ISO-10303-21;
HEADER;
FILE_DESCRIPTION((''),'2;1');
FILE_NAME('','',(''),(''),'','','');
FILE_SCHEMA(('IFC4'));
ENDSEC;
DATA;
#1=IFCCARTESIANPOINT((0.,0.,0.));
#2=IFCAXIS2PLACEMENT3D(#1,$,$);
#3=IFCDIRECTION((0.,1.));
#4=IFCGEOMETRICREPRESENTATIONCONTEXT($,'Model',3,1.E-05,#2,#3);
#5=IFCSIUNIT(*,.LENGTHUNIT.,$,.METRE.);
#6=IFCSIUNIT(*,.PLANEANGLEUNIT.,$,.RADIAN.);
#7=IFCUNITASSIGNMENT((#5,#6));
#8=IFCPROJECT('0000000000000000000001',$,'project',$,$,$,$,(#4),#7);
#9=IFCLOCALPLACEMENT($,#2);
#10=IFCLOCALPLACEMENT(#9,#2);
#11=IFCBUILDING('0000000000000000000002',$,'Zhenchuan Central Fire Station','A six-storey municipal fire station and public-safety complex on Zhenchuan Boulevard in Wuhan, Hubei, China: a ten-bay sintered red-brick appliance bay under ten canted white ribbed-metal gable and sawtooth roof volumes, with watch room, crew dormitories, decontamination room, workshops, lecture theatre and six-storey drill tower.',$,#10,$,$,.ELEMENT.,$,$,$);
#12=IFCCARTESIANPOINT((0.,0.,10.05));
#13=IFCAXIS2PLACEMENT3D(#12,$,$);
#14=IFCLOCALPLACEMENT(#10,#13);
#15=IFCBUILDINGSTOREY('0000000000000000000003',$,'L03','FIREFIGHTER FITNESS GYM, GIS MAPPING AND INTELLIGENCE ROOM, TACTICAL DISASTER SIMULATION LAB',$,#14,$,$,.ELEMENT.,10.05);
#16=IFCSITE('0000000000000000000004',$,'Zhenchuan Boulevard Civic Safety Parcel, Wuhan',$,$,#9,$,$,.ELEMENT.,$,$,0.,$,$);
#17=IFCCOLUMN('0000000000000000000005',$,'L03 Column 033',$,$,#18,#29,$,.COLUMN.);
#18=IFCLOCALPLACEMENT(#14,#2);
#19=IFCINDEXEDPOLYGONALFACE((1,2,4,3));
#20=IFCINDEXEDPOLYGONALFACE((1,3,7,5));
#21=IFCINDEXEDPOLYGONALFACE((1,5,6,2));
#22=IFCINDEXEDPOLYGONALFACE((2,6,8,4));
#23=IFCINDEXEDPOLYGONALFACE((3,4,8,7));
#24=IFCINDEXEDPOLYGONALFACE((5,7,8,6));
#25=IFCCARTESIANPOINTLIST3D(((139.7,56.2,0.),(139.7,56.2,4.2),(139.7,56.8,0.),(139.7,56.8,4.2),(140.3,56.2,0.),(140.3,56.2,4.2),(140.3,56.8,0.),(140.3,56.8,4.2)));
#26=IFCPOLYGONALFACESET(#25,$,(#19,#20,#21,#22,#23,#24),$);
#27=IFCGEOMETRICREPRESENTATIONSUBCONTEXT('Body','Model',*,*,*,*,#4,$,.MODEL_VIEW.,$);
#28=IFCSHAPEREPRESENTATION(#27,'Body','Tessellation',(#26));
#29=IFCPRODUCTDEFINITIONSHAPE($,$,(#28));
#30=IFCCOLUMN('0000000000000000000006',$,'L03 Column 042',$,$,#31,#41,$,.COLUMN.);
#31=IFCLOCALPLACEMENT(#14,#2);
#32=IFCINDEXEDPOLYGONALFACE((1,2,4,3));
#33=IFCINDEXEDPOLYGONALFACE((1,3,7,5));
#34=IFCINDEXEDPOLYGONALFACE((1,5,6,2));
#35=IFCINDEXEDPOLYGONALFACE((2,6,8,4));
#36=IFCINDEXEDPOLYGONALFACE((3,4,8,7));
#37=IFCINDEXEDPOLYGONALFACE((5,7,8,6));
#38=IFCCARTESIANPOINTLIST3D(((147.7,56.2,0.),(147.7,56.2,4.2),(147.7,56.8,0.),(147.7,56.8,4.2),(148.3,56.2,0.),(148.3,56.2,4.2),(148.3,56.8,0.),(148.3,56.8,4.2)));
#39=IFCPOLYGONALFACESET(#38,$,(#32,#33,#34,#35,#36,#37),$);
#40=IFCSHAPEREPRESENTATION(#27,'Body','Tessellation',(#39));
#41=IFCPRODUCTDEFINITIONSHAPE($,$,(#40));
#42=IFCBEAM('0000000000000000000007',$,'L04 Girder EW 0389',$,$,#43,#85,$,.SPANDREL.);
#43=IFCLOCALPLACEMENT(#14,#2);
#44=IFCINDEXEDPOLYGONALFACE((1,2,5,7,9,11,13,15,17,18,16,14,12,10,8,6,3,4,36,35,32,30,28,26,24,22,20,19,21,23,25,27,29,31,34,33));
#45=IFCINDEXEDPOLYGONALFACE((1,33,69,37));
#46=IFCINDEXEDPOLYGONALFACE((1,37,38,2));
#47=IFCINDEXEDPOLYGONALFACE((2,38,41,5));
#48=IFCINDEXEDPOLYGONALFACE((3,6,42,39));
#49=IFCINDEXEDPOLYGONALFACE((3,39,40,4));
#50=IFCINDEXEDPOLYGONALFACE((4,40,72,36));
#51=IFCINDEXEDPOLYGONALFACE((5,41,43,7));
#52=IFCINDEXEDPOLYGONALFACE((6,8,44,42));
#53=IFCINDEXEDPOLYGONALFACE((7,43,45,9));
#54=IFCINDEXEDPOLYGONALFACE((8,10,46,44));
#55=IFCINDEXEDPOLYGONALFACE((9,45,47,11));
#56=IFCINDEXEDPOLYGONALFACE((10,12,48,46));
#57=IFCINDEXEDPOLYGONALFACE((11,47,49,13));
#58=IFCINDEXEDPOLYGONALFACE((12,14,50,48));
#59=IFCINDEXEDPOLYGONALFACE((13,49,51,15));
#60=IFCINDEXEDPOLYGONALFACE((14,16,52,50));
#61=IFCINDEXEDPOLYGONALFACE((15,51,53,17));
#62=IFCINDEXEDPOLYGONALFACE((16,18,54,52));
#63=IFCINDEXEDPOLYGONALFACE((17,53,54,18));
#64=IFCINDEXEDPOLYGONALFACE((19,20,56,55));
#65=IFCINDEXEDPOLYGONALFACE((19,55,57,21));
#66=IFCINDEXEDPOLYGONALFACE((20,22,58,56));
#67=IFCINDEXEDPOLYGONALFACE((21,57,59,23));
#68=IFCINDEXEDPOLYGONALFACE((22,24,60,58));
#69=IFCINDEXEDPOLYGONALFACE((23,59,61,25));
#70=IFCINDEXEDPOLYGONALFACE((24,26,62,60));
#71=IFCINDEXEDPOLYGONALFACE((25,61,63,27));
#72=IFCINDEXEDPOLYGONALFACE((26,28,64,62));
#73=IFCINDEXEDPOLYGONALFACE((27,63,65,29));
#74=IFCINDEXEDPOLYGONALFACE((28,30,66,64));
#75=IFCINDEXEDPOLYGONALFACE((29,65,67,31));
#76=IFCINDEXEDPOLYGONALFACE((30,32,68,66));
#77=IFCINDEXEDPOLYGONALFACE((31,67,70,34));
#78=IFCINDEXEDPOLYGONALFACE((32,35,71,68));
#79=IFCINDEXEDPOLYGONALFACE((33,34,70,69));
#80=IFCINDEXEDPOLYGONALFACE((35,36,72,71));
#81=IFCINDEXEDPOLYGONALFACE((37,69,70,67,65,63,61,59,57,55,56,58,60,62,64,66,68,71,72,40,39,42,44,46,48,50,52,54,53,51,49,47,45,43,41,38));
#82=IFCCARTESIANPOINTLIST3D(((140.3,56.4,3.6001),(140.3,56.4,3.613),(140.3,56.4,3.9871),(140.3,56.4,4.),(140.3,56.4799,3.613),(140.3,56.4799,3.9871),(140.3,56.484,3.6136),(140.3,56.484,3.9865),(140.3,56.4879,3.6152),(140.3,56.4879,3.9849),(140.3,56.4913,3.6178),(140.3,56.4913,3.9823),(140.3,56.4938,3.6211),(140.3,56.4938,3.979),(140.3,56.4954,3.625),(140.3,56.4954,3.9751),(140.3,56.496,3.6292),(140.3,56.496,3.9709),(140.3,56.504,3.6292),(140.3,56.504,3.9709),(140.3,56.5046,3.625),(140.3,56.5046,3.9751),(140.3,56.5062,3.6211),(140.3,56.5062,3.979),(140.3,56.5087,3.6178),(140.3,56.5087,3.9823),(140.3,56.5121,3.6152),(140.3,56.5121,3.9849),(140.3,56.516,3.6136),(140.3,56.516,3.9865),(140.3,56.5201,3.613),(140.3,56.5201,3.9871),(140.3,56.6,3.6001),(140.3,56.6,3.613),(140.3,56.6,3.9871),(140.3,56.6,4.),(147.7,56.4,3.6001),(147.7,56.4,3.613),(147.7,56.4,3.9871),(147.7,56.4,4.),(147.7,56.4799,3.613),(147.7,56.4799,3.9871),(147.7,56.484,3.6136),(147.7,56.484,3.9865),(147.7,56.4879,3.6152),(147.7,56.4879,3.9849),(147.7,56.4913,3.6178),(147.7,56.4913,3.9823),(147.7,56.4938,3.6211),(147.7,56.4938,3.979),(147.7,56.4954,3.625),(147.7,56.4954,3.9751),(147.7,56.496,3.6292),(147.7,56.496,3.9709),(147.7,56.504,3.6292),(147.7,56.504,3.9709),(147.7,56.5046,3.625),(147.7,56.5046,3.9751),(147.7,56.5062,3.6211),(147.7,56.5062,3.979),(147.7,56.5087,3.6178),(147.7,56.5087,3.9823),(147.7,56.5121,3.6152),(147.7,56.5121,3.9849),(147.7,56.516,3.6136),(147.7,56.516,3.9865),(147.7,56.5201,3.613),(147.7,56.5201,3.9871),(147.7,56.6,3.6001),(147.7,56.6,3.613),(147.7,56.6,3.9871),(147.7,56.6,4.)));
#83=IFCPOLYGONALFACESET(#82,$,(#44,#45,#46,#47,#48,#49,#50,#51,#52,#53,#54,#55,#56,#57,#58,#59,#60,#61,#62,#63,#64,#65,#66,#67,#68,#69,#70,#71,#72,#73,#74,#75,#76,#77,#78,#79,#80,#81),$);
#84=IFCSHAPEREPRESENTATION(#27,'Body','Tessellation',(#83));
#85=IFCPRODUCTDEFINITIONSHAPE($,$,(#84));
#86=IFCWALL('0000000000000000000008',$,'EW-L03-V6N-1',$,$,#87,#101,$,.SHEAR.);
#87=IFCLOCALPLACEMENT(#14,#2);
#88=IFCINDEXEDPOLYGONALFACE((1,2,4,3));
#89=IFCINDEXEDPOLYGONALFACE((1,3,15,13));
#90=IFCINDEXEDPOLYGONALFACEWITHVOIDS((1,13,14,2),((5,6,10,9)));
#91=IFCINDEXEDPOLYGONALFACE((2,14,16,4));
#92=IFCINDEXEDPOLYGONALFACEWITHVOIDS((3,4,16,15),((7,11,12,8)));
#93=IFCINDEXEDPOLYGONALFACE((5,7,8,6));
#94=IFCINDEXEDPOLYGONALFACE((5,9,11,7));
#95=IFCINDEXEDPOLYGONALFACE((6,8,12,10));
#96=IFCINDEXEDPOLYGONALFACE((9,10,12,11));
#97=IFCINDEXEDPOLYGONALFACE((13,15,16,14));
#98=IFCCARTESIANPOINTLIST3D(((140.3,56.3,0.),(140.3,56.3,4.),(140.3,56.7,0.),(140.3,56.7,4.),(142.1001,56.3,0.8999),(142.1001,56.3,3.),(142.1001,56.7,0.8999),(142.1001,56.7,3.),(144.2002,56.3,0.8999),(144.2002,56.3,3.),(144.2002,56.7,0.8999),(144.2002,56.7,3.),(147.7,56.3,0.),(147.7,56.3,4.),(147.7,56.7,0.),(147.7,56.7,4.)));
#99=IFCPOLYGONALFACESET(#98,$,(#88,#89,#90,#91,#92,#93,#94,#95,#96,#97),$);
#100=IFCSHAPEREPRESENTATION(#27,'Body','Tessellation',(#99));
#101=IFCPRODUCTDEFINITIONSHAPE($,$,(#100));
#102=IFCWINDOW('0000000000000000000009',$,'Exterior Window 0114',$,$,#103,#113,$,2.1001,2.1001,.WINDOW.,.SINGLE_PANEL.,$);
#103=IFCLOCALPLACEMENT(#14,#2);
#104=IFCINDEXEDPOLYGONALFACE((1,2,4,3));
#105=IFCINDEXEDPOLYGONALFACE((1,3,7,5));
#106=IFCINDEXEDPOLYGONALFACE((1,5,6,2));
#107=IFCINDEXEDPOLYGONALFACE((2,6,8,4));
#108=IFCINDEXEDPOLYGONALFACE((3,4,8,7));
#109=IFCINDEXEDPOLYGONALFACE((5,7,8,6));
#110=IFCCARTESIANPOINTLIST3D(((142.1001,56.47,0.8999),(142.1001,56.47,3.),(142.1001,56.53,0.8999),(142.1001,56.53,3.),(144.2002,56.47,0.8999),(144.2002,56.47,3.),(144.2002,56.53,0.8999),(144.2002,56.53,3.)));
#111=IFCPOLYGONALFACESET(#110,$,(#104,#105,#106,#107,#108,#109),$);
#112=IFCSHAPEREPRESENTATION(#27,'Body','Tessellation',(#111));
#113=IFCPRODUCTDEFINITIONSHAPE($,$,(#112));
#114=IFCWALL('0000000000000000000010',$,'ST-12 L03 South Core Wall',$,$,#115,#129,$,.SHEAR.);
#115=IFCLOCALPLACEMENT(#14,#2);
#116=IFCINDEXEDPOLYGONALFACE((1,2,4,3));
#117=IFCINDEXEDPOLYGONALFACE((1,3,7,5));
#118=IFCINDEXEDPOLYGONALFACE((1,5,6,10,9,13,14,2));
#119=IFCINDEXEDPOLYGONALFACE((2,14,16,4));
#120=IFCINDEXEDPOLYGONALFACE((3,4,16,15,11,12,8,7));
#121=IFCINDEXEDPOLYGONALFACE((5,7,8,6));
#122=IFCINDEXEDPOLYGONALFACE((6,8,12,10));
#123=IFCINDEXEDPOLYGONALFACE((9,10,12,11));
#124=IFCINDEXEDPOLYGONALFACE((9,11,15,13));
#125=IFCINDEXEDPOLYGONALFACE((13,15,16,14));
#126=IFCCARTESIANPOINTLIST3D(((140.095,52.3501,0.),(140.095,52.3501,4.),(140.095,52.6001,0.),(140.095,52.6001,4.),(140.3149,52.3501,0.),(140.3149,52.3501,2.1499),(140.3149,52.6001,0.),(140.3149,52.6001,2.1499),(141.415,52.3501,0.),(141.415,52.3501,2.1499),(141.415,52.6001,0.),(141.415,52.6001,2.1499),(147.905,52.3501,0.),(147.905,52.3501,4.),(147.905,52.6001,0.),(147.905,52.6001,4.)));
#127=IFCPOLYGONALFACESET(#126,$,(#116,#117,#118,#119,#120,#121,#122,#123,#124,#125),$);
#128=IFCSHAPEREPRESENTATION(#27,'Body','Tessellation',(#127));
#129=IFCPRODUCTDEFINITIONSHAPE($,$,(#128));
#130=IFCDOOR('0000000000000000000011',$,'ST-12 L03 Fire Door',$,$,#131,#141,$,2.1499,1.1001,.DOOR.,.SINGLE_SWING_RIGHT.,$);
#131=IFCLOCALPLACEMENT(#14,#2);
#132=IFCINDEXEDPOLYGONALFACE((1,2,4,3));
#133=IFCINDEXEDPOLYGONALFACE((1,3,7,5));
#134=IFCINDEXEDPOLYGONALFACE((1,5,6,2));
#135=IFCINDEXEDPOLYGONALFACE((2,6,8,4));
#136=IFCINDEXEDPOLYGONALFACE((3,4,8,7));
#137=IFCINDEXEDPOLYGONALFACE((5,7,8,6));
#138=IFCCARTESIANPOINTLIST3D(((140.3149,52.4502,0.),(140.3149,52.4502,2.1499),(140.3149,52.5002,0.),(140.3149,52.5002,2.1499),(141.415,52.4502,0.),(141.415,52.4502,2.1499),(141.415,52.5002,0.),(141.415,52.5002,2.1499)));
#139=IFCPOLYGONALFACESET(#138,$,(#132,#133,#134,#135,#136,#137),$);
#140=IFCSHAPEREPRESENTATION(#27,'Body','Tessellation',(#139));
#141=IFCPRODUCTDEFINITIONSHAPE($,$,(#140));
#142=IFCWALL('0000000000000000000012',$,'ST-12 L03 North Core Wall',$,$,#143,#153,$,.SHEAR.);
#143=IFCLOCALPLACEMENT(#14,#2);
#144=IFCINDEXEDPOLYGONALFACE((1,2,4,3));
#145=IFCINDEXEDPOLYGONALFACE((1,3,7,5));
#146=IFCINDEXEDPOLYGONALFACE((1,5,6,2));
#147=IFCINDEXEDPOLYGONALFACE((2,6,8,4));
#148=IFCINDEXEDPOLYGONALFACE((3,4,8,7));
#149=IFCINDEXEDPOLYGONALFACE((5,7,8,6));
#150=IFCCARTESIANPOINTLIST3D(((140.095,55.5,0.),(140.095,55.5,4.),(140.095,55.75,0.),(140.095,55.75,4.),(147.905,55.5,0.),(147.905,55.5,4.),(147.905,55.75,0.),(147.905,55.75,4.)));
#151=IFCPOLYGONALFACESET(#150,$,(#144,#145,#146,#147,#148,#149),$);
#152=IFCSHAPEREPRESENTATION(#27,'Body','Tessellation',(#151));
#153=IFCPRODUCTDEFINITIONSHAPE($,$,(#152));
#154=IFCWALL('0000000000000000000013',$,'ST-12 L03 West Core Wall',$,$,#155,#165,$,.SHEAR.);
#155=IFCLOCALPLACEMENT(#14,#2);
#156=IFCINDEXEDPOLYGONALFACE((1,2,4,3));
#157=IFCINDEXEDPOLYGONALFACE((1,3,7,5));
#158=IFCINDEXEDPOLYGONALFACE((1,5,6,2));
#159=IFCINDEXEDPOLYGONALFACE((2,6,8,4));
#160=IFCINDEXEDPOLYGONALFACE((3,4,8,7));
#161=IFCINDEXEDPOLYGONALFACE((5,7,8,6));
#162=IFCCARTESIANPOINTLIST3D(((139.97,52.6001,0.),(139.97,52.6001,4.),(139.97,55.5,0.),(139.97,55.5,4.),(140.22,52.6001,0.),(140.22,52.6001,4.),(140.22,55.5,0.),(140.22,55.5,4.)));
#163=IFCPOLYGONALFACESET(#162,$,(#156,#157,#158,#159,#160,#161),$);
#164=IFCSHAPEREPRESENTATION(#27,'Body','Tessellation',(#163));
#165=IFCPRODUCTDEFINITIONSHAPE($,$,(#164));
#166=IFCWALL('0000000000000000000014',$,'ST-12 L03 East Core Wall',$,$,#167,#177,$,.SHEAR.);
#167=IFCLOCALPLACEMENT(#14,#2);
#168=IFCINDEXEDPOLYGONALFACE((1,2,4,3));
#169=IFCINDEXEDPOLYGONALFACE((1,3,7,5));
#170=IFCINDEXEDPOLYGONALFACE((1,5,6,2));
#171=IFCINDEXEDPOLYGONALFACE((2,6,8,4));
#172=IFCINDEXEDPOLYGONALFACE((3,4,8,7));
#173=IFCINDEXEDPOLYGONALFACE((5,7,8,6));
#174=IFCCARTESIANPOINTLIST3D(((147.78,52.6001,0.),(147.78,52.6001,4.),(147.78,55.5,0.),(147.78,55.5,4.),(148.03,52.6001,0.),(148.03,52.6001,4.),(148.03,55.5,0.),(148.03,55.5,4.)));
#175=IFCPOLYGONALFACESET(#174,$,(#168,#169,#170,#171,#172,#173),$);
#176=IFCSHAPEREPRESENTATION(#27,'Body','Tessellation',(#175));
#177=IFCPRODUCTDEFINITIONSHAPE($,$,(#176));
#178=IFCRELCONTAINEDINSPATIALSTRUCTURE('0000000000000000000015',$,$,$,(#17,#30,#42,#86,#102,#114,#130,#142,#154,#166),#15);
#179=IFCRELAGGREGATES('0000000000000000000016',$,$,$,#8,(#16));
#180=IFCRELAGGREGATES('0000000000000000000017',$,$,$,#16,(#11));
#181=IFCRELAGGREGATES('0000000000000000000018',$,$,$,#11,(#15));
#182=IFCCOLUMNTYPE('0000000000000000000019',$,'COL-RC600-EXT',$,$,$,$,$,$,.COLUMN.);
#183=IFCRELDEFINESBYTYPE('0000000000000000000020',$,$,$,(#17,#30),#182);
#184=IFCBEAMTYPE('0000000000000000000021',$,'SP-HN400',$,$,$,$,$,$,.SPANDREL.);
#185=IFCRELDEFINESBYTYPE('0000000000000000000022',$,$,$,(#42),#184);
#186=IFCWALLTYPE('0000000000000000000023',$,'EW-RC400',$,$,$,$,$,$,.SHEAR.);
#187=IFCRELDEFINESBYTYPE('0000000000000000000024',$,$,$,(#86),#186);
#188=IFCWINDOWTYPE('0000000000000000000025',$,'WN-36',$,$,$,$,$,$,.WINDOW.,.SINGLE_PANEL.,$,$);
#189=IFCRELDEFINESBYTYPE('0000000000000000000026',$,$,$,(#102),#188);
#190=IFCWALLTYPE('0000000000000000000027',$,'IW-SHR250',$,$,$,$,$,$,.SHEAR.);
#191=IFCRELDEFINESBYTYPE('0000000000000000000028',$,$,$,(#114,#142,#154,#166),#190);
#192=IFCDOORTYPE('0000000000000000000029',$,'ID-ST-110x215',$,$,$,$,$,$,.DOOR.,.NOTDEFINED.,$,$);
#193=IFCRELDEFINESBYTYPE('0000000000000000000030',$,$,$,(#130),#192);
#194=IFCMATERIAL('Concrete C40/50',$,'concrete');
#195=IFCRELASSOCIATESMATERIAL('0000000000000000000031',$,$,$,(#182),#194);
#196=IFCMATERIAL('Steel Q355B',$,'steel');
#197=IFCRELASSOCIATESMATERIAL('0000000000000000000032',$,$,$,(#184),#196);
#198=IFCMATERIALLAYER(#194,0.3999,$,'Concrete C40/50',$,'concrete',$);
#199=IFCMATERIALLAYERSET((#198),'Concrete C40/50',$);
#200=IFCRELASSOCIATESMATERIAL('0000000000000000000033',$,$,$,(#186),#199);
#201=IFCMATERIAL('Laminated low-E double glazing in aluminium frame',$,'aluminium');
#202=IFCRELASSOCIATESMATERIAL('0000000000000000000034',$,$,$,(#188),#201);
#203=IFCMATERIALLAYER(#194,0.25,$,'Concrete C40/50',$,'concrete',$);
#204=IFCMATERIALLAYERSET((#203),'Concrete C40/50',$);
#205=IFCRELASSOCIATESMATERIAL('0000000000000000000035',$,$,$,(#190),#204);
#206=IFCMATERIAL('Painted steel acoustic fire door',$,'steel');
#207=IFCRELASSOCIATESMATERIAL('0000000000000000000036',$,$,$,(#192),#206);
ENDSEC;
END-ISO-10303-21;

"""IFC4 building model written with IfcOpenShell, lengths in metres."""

from ifc_helpers import new_model, si_unit, direction, frame, frame_2d, origin, origin_2d, place, context, subcontext, project, spatial, rectangle, i_section, extrude, material, layer, layer_set, material_profile, profile_set, type_object, element, fill, save


model = new_model("IFC4")

# Units and contexts
model_context = context("Model", 3, precision=1e-05, world=origin(), true_north=direction((0.0, 1.0)))
body_context = subcontext(model_context, "Body", "Model", "MODEL_VIEW")
ifc_project = project(units=[si_unit("LENGTHUNIT", "METRE"), si_unit("PLANEANGLEUNIT", "RADIAN")], contexts=[model_context])

# Site, building, storey
site_placement = place(None, origin())
site = spatial("IfcSite", under=ifc_project, at=site_placement, Name="Zhenchuan Boulevard Civic Safety Parcel, Wuhan", CompositionType="ELEMENT", RefElevation=0.0)
building_placement = place(site_placement, origin())
building = spatial("IfcBuilding", under=site, at=building_placement, Name="Zhenchuan Central Fire Station", Description="A six-storey municipal fire station and public-safety complex on Zhenchuan Boulevard in Wuhan, Hubei, China: a ten-bay sintered red-brick appliance bay under ten canted white ribbed-metal gable and sawtooth roof volumes, with watch room, crew dormitories, decontamination room, workshops, lecture theatre and six-storey drill tower.", CompositionType="ELEMENT")
storey_placement = place(building_placement, frame((0.0, 0.0, 10.05)))
storey = spatial("IfcBuildingStorey", under=building, at=storey_placement, Name="L03", Description="FIREFIGHTER FITNESS GYM, GIS MAPPING AND INTELLIGENCE ROOM, TACTICAL DISASTER SIMULATION LAB", CompositionType="ELEMENT", Elevation=10.05)

# Columns
ifc_material_1 = material(Name="Concrete C40/50", Category="concrete")
ifc_material_profile_1 = material_profile(ifc_material_1, rectangle(XDim=0.6001, YDim=0.6001, at=origin_2d()), Name="RC 600x600")
ifc_profile_set_1 = profile_set([ifc_material_profile_1], Name="Concrete C40/50")
column_type = type_object("IfcColumnType", Name="COL-RC600-EXT", PredefinedType="COLUMN", material=ifc_profile_set_1)
for number, where, z_axis, x_axis, name in (
    (1, (140.0, 56.5, 0.0), (0.0, 0.0, 1.0), (1.0, 0.0, 0.0), "L03 Column 033"),
    (2, (148.0, 56.5, 0.0), (0.0, 0.0, 1.0), (1.0, 0.0, 0.0), "L03 Column 042"),
):
    element("IfcColumn", number, at=place(storey_placement, frame(where, z_axis=z_axis, x_axis=x_axis)), inside=storey, type_object=column_type, Name=name, PredefinedType="COLUMN", context=body_context, shape_type="SweptSolid", body=[
        extrude(rectangle(XDim=0.6001, YDim=0.6001, at=origin_2d()), origin(), (0.0, 0.0, 1.0), 4.2),
    ])

# Beam
ifc_material_2 = material(Name="Steel Q355B", Category="steel")
ifc_material_profile_2 = material_profile(ifc_material_2, i_section(OverallWidth=0.2, OverallDepth=0.3999, WebThickness=0.0081, FlangeThickness=0.0129, FilletRadius=0.0161, at=origin_2d()), Name="HN 400x200")
ifc_profile_set_2 = profile_set([ifc_material_profile_2], Name="Steel Q355B")
beam_type = type_object("IfcBeamType", Name="SP-HN400", PredefinedType="SPANDREL", material=ifc_profile_set_2)
beam_placement = place(storey_placement, frame((140.3, 56.5, 3.8), z_axis=(1.0, 0.0, 0.0), x_axis=(0.0, 1.0, 0.0)))
element("IfcBeam", 3, at=beam_placement, inside=storey, type_object=beam_type, Name="L04 Girder EW 0389", PredefinedType="SPANDREL", context=body_context, shape_type="SweptSolid", body=[
    extrude(i_section(OverallWidth=0.2, OverallDepth=0.3999, WebThickness=0.0081, FlangeThickness=0.0129, FilletRadius=0.0161, at=origin_2d()), origin(), (0.0, 0.0, 1.0), 7.3999),
])

# Wall, opening, window
ifc_layer_1 = layer(ifc_material_1, 0.3999, Name="Concrete C40/50", Category="concrete")
ifc_layer_set_1 = layer_set([ifc_layer_1], Name="Concrete C40/50")
wall_type_1 = type_object("IfcWallType", Name="EW-RC400", PredefinedType="SHEAR", material=ifc_layer_set_1)
wall_1_placement = place(storey_placement, frame((140.3, 56.5, 0.0), z_axis=(0.0, 0.0, 1.0), x_axis=(1.0, 0.0, 0.0)))
wall_1 = element("IfcWall", 4, at=wall_1_placement, inside=storey, type_object=wall_type_1, Name="EW-L03-V6N-1", PredefinedType="SHEAR", context=body_context, shape_type="SweptSolid", body=[
    extrude(rectangle(XDim=7.3999, YDim=0.3999, at=frame_2d((3.7, 0.0))), origin(), (0.0, 0.0, 1.0), 4.0),
])
opening_1_placement = place(wall_1_placement, frame((1.8, 0.0, 0.8999)))
opening_1 = element("IfcOpeningElement", 5, at=opening_1_placement, cuts=wall_1, PredefinedType="OPENING", context=body_context, shape_type="SweptSolid", body=[
    extrude(rectangle(XDim=2.1001, YDim=2.1001, at=frame_2d((1.05, 1.05))), frame((0.0, 0.21, 0.0), z_axis=(0.0, -1.0, 0.0), x_axis=(1.0, 0.0, 0.0)), (0.0, 0.0, 1.0), 0.4199),
])
ifc_material_3 = material(Name="Laminated low-E double glazing in aluminium frame", Category="aluminium")
window_type = type_object("IfcWindowType", Name="WN-36", PartitioningType="SINGLE_PANEL", PredefinedType="WINDOW", material=ifc_material_3)
window_placement = place(opening_1_placement, origin())
window = element("IfcWindow", 6, at=window_placement, inside=storey, type_object=window_type, Name="Exterior Window 0114", OverallHeight=2.1001, OverallWidth=2.1001, PartitioningType="SINGLE_PANEL", PredefinedType="WINDOW", context=body_context, shape_type="SweptSolid", body=[
    extrude(rectangle(XDim=2.1001, YDim=2.1001, at=frame_2d((1.05, 1.05))), frame((0.0, 0.03, 0.0), z_axis=(0.0, -1.0, 0.0), x_axis=(1.0, 0.0, 0.0)), (0.0, 0.0, 1.0), 0.0601),
])
fill(opening_1, window)

# Wall, opening, door
ifc_layer_2 = layer(ifc_material_1, 0.25, Name="Concrete C40/50", Category="concrete")
ifc_layer_set_2 = layer_set([ifc_layer_2], Name="Concrete C40/50")
wall_type_2 = type_object("IfcWallType", Name="IW-SHR250", PredefinedType="SHEAR", material=ifc_layer_set_2)
wall_2_placement = place(storey_placement, frame((140.095, 52.4751, 0.0), z_axis=(0.0, 0.0, 1.0), x_axis=(1.0, 0.0, 0.0)))
wall_2 = element("IfcWall", 7, at=wall_2_placement, inside=storey, type_object=wall_type_2, Name="ST-12 L03 South Core Wall", PredefinedType="SHEAR", context=body_context, shape_type="SweptSolid", body=[
    extrude(rectangle(XDim=7.8101, YDim=0.25, at=frame_2d((3.905, 0.0))), origin(), (0.0, 0.0, 1.0), 4.0),
])
opening_2_placement = place(wall_2_placement, frame((0.22, 0.0, 0.0)))
opening_2 = element("IfcOpeningElement", 8, at=opening_2_placement, cuts=wall_2, PredefinedType="OPENING", context=body_context, shape_type="SweptSolid", body=[
    extrude(rectangle(XDim=1.1001, YDim=2.1499, at=frame_2d((0.55, 1.075))), frame((0.0, 0.135, 0.0), z_axis=(0.0, -1.0, 0.0), x_axis=(1.0, 0.0, 0.0)), (0.0, 0.0, 1.0), 0.27),
])
ifc_material_4 = material(Name="Painted steel acoustic fire door", Category="steel")
door_type = type_object("IfcDoorType", Name="ID-ST-110x215", OperationType="NOTDEFINED", PredefinedType="DOOR", material=ifc_material_4)
door_placement = place(opening_2_placement, frame((1.1001, 0.0, 0.0), z_axis=(0.0, 0.0, 1.0), x_axis=(-1.0, 0.0, 0.0)))
door = element("IfcDoor", 9, at=door_placement, inside=storey, type_object=door_type, Name="ST-12 L03 Fire Door", OperationType="SINGLE_SWING_RIGHT", OverallHeight=2.1499, OverallWidth=1.1001, PredefinedType="DOOR", context=body_context, shape_type="SweptSolid", body=[
    extrude(rectangle(XDim=1.1001, YDim=2.1499, at=frame_2d((0.55, 1.075))), frame((0.0, 0.0249, 0.0), z_axis=(0.0, -1.0, 0.0), x_axis=(1.0, 0.0, 0.0)), (0.0, 0.0, 1.0), 0.05),
])
fill(opening_2, door)

# Walls
wall_3_placement = place(storey_placement, frame((140.095, 55.625, 0.0), z_axis=(0.0, 0.0, 1.0), x_axis=(1.0, 0.0, 0.0)))
element("IfcWall", 10, at=wall_3_placement, inside=storey, type_object=wall_type_2, Name="ST-12 L03 North Core Wall", PredefinedType="SHEAR", context=body_context, shape_type="SweptSolid", body=[
    extrude(rectangle(XDim=7.8101, YDim=0.25, at=frame_2d((3.905, 0.0))), origin(), (0.0, 0.0, 1.0), 4.0),
])
for number, where, z_axis, x_axis, name in (
    (11, (140.095, 52.6001, 0.0), (0.0, 0.0, 1.0), (0.0, 1.0, 0.0), "ST-12 L03 West Core Wall"),
    (12, (147.905, 52.6001, 0.0), (0.0, 0.0, 1.0), (0.0, 1.0, 0.0), "ST-12 L03 East Core Wall"),
):
    element("IfcWall", number, at=place(storey_placement, frame(where, z_axis=z_axis, x_axis=x_axis)), inside=storey, type_object=wall_type_2, Name=name, PredefinedType="SHEAR", context=body_context, shape_type="SweptSolid", body=[
        extrude(rectangle(XDim=2.8999, YDim=0.25, at=frame_2d((1.45, 0.0))), origin(), (0.0, 0.0, 1.0), 4.0),
    ])

save(model, "model.ifc")
